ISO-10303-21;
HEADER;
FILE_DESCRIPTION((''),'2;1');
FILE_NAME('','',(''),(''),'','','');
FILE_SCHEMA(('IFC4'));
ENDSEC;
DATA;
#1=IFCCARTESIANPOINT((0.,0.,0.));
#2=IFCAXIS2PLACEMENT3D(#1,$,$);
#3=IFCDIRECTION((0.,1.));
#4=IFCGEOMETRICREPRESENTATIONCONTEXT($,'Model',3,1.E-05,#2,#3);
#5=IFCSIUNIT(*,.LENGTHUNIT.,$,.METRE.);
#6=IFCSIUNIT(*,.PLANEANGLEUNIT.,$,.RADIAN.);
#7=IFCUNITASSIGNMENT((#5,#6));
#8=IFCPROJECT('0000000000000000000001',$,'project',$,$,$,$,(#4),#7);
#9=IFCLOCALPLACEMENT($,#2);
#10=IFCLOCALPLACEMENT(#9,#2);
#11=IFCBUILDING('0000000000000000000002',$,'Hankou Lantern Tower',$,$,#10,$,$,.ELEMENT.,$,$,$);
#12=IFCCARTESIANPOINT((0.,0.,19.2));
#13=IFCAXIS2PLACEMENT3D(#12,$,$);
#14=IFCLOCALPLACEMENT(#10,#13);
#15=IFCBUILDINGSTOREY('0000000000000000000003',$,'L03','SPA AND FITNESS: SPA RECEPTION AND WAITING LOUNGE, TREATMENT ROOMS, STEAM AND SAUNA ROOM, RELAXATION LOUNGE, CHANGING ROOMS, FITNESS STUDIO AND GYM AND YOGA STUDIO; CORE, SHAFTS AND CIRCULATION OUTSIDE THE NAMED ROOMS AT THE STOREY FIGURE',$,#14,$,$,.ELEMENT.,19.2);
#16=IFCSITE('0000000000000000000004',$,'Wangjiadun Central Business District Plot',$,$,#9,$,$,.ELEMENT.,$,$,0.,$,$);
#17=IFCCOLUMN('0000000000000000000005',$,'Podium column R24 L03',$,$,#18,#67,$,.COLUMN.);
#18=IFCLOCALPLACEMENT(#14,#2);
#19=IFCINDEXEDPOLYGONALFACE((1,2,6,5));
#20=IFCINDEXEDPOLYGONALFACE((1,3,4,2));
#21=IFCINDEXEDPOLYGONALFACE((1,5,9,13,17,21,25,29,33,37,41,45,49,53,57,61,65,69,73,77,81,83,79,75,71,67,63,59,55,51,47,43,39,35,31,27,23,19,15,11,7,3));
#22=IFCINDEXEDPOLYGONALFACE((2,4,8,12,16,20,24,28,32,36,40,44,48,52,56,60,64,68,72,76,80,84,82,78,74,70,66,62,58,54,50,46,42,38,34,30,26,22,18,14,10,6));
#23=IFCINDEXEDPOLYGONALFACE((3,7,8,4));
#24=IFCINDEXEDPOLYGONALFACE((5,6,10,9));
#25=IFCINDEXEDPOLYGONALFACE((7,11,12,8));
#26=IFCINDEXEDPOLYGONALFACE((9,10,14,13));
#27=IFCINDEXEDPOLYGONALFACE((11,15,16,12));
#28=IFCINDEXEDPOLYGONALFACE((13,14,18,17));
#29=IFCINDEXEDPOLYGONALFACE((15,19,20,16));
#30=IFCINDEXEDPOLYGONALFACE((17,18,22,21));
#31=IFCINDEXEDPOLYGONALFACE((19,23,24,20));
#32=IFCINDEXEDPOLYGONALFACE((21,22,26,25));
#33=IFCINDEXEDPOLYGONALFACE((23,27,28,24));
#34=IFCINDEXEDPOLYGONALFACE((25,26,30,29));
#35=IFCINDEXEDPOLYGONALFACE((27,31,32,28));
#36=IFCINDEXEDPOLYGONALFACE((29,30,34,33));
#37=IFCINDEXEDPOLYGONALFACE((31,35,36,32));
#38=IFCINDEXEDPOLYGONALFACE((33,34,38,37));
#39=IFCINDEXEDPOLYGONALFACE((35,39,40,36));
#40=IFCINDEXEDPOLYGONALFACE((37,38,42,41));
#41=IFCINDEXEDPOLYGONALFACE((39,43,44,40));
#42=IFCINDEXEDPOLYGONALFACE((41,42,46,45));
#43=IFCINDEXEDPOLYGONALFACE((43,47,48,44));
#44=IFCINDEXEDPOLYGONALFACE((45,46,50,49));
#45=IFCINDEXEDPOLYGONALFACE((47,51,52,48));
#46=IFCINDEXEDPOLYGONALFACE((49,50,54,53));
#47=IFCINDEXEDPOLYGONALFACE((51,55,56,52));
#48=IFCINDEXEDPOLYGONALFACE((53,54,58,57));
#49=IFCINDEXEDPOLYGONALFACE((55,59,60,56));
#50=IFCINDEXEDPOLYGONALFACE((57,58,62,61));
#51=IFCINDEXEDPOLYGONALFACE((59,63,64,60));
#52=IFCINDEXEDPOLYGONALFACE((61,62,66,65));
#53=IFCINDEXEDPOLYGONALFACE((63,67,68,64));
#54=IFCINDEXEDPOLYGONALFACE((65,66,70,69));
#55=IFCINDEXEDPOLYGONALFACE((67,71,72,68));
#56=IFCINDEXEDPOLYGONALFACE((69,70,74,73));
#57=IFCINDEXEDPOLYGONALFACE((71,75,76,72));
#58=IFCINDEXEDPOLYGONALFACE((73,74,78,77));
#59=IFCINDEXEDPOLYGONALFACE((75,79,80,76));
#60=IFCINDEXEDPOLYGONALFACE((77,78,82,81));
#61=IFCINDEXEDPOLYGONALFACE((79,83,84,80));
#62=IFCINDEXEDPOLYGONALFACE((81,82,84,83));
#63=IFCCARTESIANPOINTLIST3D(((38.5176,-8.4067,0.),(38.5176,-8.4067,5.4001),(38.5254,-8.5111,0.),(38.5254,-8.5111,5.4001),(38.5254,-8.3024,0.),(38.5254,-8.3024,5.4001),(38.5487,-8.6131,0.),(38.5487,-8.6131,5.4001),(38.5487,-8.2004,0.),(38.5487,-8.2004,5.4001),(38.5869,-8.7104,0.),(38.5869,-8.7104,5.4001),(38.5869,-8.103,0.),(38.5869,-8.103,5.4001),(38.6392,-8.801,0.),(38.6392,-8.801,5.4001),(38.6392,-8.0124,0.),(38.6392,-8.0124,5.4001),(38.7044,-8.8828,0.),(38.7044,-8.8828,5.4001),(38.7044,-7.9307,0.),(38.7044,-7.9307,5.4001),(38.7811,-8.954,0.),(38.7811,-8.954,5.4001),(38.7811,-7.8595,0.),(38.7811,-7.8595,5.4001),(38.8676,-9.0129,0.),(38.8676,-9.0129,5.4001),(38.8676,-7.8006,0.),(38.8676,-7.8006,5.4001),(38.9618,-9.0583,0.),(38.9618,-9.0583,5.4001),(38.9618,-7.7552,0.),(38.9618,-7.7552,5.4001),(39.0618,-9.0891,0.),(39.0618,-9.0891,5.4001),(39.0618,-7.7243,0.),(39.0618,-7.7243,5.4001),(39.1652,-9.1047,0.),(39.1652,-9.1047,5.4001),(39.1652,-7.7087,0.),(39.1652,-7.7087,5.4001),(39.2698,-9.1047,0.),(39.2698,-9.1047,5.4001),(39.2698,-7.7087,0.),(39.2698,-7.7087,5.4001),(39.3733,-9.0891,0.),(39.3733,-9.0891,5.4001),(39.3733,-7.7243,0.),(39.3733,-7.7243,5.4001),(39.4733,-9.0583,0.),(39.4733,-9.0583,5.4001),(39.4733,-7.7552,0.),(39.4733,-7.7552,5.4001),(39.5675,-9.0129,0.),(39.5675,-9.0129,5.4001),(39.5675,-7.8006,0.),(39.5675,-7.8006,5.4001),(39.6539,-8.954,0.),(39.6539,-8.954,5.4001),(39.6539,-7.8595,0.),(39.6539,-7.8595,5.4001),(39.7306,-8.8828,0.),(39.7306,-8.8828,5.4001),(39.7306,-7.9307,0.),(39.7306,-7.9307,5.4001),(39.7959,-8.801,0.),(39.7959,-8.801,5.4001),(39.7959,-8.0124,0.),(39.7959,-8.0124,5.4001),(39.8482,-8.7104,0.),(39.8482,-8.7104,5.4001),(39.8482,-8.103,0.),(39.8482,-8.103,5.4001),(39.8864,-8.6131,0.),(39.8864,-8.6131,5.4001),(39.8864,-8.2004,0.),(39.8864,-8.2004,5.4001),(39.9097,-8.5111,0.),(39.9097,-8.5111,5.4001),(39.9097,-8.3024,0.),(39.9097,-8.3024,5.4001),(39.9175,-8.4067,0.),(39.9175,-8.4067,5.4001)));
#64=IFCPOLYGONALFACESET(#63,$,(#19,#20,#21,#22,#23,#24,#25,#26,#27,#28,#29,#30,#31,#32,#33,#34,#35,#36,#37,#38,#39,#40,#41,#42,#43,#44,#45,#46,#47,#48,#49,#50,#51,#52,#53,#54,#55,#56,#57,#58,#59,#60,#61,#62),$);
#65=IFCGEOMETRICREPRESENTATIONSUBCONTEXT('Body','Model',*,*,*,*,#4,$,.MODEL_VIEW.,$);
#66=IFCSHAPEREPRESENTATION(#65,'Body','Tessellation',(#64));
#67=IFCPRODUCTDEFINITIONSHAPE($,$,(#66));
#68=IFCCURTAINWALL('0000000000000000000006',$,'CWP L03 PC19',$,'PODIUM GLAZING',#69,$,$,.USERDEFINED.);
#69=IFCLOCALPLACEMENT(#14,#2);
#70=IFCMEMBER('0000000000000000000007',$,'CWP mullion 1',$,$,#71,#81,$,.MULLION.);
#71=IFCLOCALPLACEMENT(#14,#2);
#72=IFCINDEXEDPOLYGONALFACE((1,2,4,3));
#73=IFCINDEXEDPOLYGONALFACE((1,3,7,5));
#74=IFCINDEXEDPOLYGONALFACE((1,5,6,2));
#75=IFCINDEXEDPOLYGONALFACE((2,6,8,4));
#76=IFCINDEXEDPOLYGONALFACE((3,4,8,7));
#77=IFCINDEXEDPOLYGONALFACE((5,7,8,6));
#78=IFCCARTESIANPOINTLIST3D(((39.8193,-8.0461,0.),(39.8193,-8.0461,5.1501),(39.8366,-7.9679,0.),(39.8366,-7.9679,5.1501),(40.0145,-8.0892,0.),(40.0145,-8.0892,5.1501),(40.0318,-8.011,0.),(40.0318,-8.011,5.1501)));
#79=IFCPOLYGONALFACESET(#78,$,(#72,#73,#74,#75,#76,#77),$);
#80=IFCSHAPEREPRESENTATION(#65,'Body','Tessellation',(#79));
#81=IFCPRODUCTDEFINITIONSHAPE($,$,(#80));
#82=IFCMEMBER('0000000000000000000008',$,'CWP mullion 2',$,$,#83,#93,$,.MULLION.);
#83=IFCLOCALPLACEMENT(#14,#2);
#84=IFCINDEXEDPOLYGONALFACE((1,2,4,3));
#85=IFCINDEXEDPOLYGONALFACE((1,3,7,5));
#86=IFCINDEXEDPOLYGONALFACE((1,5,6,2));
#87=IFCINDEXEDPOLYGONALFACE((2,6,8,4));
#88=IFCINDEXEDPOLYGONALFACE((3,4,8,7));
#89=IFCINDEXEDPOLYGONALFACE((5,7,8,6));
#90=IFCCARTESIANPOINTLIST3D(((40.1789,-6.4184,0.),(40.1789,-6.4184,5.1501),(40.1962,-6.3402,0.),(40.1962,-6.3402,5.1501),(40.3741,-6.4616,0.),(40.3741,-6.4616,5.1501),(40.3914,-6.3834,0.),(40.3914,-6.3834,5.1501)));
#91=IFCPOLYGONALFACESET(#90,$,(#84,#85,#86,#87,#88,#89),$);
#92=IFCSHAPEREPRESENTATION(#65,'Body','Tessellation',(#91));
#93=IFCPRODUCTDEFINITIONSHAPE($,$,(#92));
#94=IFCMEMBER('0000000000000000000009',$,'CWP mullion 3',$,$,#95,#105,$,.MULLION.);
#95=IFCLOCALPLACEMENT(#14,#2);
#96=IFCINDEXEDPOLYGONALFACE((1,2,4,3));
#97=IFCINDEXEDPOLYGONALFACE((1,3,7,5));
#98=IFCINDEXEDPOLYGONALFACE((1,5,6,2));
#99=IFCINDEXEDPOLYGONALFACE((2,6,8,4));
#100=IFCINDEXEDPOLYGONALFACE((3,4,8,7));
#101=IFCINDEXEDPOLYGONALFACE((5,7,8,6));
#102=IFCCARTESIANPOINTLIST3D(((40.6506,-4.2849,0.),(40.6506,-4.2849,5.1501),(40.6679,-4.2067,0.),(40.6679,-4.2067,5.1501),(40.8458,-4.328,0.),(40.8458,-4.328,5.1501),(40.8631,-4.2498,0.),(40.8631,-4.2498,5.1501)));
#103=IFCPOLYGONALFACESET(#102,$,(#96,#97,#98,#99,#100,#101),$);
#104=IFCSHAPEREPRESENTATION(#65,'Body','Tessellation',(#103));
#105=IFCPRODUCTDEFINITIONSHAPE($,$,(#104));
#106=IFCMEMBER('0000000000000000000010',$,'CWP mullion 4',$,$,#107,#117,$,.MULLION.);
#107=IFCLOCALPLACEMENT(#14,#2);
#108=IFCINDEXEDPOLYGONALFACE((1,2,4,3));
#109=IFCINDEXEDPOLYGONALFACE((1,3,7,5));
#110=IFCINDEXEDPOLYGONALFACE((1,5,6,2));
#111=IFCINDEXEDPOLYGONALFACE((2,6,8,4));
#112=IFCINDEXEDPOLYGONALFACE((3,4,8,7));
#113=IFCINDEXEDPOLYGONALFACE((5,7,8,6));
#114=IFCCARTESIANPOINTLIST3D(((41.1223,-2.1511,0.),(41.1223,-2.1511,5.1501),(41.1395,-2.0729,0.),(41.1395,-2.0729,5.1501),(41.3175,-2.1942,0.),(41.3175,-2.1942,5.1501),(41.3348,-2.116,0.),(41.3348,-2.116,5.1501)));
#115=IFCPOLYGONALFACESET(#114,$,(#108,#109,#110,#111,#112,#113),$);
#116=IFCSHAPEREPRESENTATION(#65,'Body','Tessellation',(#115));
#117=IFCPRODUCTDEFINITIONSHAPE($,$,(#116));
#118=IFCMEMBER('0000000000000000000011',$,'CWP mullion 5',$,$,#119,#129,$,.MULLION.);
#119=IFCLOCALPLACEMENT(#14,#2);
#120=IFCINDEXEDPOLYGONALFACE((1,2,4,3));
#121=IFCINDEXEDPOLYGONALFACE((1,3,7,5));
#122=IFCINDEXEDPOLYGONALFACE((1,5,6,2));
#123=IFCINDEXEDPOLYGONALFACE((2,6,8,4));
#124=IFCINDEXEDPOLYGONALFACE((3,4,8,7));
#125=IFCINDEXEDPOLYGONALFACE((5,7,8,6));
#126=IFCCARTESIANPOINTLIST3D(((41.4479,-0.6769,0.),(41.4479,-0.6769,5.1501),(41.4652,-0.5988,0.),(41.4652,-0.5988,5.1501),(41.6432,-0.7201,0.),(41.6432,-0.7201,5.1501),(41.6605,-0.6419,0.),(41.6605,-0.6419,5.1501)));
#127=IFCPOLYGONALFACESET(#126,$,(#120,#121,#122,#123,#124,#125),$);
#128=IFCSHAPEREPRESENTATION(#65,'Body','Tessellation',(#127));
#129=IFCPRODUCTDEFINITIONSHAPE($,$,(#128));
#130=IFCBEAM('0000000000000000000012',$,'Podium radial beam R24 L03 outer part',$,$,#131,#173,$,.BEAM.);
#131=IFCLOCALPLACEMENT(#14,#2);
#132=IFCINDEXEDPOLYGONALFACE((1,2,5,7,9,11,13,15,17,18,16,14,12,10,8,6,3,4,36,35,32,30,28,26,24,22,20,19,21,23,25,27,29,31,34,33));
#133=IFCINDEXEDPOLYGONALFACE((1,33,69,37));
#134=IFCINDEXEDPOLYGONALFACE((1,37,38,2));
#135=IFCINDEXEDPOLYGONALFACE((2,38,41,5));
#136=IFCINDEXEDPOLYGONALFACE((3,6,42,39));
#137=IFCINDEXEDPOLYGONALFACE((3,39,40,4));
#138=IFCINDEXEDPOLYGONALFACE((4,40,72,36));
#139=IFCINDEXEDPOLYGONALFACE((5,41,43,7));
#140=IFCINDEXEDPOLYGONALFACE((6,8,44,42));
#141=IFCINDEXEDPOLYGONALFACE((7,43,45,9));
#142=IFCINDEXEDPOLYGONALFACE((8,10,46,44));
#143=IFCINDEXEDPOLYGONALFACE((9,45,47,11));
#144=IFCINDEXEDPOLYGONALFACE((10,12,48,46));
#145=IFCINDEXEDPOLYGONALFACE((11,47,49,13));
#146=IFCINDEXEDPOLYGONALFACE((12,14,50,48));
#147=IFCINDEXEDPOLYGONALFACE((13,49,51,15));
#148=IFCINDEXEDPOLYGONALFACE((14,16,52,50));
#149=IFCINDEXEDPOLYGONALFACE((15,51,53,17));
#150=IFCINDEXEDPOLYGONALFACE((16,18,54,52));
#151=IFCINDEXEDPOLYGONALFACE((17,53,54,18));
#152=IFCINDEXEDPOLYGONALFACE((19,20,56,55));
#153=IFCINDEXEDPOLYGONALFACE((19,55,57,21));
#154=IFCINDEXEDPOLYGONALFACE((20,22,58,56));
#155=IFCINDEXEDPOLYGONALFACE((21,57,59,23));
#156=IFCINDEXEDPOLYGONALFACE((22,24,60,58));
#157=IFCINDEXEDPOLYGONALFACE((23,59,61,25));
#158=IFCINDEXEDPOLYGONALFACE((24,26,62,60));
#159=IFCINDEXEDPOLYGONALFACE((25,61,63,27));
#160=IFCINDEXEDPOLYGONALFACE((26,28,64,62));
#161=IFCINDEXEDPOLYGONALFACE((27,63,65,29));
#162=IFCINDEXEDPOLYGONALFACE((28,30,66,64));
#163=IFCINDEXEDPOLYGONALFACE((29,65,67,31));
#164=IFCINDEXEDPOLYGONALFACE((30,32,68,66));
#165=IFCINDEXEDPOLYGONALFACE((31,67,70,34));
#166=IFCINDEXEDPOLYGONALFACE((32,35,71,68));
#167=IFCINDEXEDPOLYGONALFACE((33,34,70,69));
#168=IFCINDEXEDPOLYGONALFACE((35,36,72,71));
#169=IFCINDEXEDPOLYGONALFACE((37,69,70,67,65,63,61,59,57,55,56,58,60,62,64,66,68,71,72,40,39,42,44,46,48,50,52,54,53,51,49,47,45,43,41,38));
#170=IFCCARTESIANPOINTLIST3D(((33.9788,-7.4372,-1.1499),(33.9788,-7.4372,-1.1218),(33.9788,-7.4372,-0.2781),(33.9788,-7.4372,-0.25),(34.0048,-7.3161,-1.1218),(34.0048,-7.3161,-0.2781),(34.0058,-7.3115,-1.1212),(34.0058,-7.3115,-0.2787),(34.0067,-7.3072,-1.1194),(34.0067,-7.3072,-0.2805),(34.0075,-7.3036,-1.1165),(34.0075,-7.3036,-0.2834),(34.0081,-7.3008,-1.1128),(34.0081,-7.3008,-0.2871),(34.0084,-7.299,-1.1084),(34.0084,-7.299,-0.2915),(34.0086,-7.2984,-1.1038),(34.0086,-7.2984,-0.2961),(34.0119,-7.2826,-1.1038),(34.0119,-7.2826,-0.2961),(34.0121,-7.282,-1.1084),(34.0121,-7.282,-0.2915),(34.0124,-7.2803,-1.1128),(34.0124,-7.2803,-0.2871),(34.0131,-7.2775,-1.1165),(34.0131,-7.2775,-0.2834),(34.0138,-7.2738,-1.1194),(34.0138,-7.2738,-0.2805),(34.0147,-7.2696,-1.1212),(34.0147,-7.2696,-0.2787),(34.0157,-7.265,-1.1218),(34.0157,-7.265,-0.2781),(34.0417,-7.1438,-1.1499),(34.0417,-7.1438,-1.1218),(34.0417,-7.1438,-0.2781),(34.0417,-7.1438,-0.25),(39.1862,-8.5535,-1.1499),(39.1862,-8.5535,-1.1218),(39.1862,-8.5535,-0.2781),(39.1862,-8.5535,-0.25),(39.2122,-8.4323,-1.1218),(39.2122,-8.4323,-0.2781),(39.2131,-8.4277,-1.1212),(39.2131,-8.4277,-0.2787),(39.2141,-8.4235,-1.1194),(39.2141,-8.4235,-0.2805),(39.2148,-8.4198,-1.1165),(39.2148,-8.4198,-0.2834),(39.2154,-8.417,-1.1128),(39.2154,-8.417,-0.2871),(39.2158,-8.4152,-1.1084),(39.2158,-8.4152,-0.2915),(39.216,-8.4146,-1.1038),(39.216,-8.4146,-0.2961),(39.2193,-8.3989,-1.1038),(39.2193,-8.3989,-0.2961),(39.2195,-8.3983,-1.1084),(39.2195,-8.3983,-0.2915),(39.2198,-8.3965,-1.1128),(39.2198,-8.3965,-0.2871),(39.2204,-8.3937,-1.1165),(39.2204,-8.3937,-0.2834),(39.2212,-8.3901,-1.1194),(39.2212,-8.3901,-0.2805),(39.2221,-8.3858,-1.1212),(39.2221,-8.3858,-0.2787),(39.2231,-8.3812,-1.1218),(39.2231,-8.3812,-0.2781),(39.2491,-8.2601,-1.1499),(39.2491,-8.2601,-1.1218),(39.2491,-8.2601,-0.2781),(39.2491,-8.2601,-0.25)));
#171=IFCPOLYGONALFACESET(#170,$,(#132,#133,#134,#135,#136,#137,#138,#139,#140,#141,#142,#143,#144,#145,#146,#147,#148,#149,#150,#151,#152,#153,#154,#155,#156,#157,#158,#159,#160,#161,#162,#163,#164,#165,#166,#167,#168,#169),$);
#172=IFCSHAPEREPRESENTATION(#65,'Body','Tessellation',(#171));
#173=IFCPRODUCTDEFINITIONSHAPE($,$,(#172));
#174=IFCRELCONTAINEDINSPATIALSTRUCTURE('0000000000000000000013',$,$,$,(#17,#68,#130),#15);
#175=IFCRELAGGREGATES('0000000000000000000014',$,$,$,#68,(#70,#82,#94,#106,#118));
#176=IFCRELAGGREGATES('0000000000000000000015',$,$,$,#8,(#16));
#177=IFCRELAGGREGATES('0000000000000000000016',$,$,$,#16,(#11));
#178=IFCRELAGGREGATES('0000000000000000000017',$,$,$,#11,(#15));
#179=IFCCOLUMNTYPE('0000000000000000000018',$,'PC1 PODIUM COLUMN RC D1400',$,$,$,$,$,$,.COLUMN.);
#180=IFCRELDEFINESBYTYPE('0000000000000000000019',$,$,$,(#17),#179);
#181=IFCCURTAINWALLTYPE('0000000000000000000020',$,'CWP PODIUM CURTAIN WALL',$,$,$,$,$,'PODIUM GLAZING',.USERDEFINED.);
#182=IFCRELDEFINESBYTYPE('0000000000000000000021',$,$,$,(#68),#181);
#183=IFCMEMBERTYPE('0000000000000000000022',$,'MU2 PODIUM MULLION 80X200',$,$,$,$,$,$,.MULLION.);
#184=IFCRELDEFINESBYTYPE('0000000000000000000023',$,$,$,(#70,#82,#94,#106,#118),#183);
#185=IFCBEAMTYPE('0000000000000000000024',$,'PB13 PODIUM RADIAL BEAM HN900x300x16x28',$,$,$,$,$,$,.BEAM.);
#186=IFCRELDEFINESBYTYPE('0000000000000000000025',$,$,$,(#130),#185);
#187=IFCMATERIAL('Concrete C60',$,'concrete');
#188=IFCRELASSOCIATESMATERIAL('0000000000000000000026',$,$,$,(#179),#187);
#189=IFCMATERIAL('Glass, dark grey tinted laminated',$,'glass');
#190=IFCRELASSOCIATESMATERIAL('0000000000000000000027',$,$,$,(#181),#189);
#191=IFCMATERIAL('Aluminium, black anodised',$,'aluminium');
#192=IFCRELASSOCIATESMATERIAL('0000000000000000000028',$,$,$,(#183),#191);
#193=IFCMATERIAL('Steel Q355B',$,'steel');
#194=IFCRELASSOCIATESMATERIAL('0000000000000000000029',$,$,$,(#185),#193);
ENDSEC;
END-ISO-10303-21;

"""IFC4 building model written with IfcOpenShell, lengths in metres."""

from ifc_helpers import new_model, si_unit, direction, frame, origin, origin_2d, place, context, subcontext, project, spatial, rectangle, circle, i_section, extrude, material, material_profile, profile_set, type_object, element, aggregate, save


model = new_model("IFC4")

# Units and contexts
model_context = context("Model", 3, precision=1e-05, world=origin(), true_north=direction((0.0, 1.0)))
body_context = subcontext(model_context, "Body", "Model", "MODEL_VIEW")
ifc_project = project(units=[si_unit("LENGTHUNIT", "METRE"), si_unit("PLANEANGLEUNIT", "RADIAN")], contexts=[model_context])

# Site, building, storey
site_placement = place(None, origin())
site = spatial("IfcSite", under=ifc_project, at=site_placement, Name="Wangjiadun Central Business District Plot", CompositionType="ELEMENT", RefElevation=0.0)
building_placement = place(site_placement, origin())
building = spatial("IfcBuilding", under=site, at=building_placement, Name="Hankou Lantern Tower", CompositionType="ELEMENT")
storey_placement = place(building_placement, frame((0.0, 0.0, 19.2)))
storey = spatial("IfcBuildingStorey", under=building, at=storey_placement, Name="L03", Description="SPA AND FITNESS: SPA RECEPTION AND WAITING LOUNGE, TREATMENT ROOMS, STEAM AND SAUNA ROOM, RELAXATION LOUNGE, CHANGING ROOMS, FITNESS STUDIO AND GYM AND YOGA STUDIO; CORE, SHAFTS AND CIRCULATION OUTSIDE THE NAMED ROOMS AT THE STOREY FIGURE", CompositionType="ELEMENT", Elevation=19.2)

# Column
ifc_material_1 = material(Name="Concrete C60", Category="concrete")
ifc_material_profile_1 = material_profile(ifc_material_1, circle(Radius=0.7, at=origin_2d()), Name="RC D1400")
ifc_profile_set_1 = profile_set([ifc_material_profile_1], Name="Concrete C60")
column_type = type_object("IfcColumnType", Name="PC1 PODIUM COLUMN RC D1400", PredefinedType="COLUMN", material=ifc_profile_set_1)
column_placement = place(storey_placement, frame((39.2175, -8.4067, 0.0), z_axis=(0.0, 0.0, 1.0), x_axis=(1.0, 0.0, 0.0)))
element("IfcColumn", 1, at=column_placement, inside=storey, type_object=column_type, Name="Podium column R24 L03", PredefinedType="COLUMN", context=body_context, shape_type="SweptSolid", body=[
    extrude(circle(Radius=0.7, at=origin_2d()), origin(), (0.0, 0.0, 1.0), 5.4001),
])

# Curtain wall, members
ifc_material_2 = material(Name="Glass, dark grey tinted laminated", Category="glass")
curtain_wall_type = type_object("IfcCurtainWallType", Name="CWP PODIUM CURTAIN WALL", ElementType="PODIUM GLAZING", PredefinedType="USERDEFINED", material=ifc_material_2)
curtain_wall_placement = place(storey_placement, origin())
curtain_wall = element("IfcCurtainWall", 2, at=curtain_wall_placement, inside=storey, type_object=curtain_wall_type, Name="CWP L03 PC19", ObjectType="PODIUM GLAZING", PredefinedType="USERDEFINED")
ifc_material_3 = material(Name="Aluminium, black anodised", Category="aluminium")
ifc_material_profile_2 = material_profile(ifc_material_3, rectangle(XDim=0.0801, YDim=0.2, at=origin_2d()), Name="MU2 80X200")
ifc_profile_set_2 = profile_set([ifc_material_profile_2], Name="Aluminium, black anodised")
member_type_1 = type_object("IfcMemberType", Name="MU2 PODIUM MULLION 80X200", PredefinedType="MULLION", material=ifc_profile_set_2)
member_1_placement = place(storey_placement, frame((39.9255, -8.0286, 0.0), z_axis=(0.0, 0.0, 1.0), x_axis=(0.215821, 0.976433, 0.0)))
member_1 = element("IfcMember", 3, at=member_1_placement, type_object=member_type_1, Name="CWP mullion 1", PredefinedType="MULLION", context=body_context, shape_type="SweptSolid", body=[
    extrude(rectangle(XDim=0.0801, YDim=0.2, at=origin_2d()), origin(), (0.0, 0.0, 1.0), 5.1501),
])
member_2_placement = place(storey_placement, frame((40.2852, -6.4009, 0.0), z_axis=(0.0, 0.0, 1.0), x_axis=(0.215821, 0.976433, 0.0)))
member_2 = element("IfcMember", 4, at=member_2_placement, type_object=member_type_1, Name="CWP mullion 2", PredefinedType="MULLION", context=body_context, shape_type="SweptSolid", body=[
    extrude(rectangle(XDim=0.0801, YDim=0.2, at=origin_2d()), origin(), (0.0, 0.0, 1.0), 5.1501),
])
member_3_placement = place(storey_placement, frame((40.7568, -4.2673, 0.0), z_axis=(0.0, 0.0, 1.0), x_axis=(0.215821, 0.976433, 0.0)))
member_3 = element("IfcMember", 5, at=member_3_placement, type_object=member_type_1, Name="CWP mullion 3", PredefinedType="MULLION", context=body_context, shape_type="SweptSolid", body=[
    extrude(rectangle(XDim=0.0801, YDim=0.2, at=origin_2d()), origin(), (0.0, 0.0, 1.0), 5.1501),
])
member_4_placement = place(storey_placement, frame((41.2285, -2.1335, 0.0), z_axis=(0.0, 0.0, 1.0), x_axis=(0.215821, 0.976433, 0.0)))
member_4 = element("IfcMember", 6, at=member_4_placement, type_object=member_type_1, Name="CWP mullion 4", PredefinedType="MULLION", context=body_context, shape_type="SweptSolid", body=[
    extrude(rectangle(XDim=0.0801, YDim=0.2, at=origin_2d()), origin(), (0.0, 0.0, 1.0), 5.1501),
])
member_5_placement = place(storey_placement, frame((41.5542, -0.6594, 0.0), z_axis=(0.0, 0.0, 1.0), x_axis=(0.215821, 0.976433, 0.0)))
member_5 = element("IfcMember", 7, at=member_5_placement, type_object=member_type_1, Name="CWP mullion 5", PredefinedType="MULLION", context=body_context, shape_type="SweptSolid", body=[
    extrude(rectangle(XDim=0.0801, YDim=0.2, at=origin_2d()), origin(), (0.0, 0.0, 1.0), 5.1501),
])

# Beam
ifc_material_4 = material(Name="Steel Q355B", Category="steel")
ifc_material_profile_3 = material_profile(ifc_material_4, i_section(OverallWidth=0.3, OverallDepth=0.8999, WebThickness=0.0161, FlangeThickness=0.0281, FilletRadius=0.0181, at=origin_2d()), Name="HN900x300x16x28")
ifc_profile_set_3 = profile_set([ifc_material_profile_3], Name="Steel Q355B")
beam_type_1 = type_object("IfcBeamType", Name="PB13 PODIUM RADIAL BEAM HN900x300x16x28", PredefinedType="BEAM", material=ifc_profile_set_3)
beam_1_placement = place(storey_placement, frame((34.0103, -7.2905, -0.7), z_axis=(0.977788, -0.209595, 0.0), x_axis=(0.209595, 0.977788, 0.0)))
element("IfcBeam", 8, at=beam_1_placement, inside=storey, type_object=beam_type_1, Name="Podium radial beam R24 L03 outer part", PredefinedType="BEAM", context=body_context, shape_type="SweptSolid", body=[
    extrude(i_section(OverallWidth=0.3, OverallDepth=0.8999, WebThickness=0.0161, FlangeThickness=0.0281, FilletRadius=0.0181, at=origin_2d()), origin(), (0.0, 0.0, 1.0), 5.3257),
])

aggregate(curtain_wall, [member_1, member_2, member_3, member_4, member_5])

save(model, "model.ifc")
